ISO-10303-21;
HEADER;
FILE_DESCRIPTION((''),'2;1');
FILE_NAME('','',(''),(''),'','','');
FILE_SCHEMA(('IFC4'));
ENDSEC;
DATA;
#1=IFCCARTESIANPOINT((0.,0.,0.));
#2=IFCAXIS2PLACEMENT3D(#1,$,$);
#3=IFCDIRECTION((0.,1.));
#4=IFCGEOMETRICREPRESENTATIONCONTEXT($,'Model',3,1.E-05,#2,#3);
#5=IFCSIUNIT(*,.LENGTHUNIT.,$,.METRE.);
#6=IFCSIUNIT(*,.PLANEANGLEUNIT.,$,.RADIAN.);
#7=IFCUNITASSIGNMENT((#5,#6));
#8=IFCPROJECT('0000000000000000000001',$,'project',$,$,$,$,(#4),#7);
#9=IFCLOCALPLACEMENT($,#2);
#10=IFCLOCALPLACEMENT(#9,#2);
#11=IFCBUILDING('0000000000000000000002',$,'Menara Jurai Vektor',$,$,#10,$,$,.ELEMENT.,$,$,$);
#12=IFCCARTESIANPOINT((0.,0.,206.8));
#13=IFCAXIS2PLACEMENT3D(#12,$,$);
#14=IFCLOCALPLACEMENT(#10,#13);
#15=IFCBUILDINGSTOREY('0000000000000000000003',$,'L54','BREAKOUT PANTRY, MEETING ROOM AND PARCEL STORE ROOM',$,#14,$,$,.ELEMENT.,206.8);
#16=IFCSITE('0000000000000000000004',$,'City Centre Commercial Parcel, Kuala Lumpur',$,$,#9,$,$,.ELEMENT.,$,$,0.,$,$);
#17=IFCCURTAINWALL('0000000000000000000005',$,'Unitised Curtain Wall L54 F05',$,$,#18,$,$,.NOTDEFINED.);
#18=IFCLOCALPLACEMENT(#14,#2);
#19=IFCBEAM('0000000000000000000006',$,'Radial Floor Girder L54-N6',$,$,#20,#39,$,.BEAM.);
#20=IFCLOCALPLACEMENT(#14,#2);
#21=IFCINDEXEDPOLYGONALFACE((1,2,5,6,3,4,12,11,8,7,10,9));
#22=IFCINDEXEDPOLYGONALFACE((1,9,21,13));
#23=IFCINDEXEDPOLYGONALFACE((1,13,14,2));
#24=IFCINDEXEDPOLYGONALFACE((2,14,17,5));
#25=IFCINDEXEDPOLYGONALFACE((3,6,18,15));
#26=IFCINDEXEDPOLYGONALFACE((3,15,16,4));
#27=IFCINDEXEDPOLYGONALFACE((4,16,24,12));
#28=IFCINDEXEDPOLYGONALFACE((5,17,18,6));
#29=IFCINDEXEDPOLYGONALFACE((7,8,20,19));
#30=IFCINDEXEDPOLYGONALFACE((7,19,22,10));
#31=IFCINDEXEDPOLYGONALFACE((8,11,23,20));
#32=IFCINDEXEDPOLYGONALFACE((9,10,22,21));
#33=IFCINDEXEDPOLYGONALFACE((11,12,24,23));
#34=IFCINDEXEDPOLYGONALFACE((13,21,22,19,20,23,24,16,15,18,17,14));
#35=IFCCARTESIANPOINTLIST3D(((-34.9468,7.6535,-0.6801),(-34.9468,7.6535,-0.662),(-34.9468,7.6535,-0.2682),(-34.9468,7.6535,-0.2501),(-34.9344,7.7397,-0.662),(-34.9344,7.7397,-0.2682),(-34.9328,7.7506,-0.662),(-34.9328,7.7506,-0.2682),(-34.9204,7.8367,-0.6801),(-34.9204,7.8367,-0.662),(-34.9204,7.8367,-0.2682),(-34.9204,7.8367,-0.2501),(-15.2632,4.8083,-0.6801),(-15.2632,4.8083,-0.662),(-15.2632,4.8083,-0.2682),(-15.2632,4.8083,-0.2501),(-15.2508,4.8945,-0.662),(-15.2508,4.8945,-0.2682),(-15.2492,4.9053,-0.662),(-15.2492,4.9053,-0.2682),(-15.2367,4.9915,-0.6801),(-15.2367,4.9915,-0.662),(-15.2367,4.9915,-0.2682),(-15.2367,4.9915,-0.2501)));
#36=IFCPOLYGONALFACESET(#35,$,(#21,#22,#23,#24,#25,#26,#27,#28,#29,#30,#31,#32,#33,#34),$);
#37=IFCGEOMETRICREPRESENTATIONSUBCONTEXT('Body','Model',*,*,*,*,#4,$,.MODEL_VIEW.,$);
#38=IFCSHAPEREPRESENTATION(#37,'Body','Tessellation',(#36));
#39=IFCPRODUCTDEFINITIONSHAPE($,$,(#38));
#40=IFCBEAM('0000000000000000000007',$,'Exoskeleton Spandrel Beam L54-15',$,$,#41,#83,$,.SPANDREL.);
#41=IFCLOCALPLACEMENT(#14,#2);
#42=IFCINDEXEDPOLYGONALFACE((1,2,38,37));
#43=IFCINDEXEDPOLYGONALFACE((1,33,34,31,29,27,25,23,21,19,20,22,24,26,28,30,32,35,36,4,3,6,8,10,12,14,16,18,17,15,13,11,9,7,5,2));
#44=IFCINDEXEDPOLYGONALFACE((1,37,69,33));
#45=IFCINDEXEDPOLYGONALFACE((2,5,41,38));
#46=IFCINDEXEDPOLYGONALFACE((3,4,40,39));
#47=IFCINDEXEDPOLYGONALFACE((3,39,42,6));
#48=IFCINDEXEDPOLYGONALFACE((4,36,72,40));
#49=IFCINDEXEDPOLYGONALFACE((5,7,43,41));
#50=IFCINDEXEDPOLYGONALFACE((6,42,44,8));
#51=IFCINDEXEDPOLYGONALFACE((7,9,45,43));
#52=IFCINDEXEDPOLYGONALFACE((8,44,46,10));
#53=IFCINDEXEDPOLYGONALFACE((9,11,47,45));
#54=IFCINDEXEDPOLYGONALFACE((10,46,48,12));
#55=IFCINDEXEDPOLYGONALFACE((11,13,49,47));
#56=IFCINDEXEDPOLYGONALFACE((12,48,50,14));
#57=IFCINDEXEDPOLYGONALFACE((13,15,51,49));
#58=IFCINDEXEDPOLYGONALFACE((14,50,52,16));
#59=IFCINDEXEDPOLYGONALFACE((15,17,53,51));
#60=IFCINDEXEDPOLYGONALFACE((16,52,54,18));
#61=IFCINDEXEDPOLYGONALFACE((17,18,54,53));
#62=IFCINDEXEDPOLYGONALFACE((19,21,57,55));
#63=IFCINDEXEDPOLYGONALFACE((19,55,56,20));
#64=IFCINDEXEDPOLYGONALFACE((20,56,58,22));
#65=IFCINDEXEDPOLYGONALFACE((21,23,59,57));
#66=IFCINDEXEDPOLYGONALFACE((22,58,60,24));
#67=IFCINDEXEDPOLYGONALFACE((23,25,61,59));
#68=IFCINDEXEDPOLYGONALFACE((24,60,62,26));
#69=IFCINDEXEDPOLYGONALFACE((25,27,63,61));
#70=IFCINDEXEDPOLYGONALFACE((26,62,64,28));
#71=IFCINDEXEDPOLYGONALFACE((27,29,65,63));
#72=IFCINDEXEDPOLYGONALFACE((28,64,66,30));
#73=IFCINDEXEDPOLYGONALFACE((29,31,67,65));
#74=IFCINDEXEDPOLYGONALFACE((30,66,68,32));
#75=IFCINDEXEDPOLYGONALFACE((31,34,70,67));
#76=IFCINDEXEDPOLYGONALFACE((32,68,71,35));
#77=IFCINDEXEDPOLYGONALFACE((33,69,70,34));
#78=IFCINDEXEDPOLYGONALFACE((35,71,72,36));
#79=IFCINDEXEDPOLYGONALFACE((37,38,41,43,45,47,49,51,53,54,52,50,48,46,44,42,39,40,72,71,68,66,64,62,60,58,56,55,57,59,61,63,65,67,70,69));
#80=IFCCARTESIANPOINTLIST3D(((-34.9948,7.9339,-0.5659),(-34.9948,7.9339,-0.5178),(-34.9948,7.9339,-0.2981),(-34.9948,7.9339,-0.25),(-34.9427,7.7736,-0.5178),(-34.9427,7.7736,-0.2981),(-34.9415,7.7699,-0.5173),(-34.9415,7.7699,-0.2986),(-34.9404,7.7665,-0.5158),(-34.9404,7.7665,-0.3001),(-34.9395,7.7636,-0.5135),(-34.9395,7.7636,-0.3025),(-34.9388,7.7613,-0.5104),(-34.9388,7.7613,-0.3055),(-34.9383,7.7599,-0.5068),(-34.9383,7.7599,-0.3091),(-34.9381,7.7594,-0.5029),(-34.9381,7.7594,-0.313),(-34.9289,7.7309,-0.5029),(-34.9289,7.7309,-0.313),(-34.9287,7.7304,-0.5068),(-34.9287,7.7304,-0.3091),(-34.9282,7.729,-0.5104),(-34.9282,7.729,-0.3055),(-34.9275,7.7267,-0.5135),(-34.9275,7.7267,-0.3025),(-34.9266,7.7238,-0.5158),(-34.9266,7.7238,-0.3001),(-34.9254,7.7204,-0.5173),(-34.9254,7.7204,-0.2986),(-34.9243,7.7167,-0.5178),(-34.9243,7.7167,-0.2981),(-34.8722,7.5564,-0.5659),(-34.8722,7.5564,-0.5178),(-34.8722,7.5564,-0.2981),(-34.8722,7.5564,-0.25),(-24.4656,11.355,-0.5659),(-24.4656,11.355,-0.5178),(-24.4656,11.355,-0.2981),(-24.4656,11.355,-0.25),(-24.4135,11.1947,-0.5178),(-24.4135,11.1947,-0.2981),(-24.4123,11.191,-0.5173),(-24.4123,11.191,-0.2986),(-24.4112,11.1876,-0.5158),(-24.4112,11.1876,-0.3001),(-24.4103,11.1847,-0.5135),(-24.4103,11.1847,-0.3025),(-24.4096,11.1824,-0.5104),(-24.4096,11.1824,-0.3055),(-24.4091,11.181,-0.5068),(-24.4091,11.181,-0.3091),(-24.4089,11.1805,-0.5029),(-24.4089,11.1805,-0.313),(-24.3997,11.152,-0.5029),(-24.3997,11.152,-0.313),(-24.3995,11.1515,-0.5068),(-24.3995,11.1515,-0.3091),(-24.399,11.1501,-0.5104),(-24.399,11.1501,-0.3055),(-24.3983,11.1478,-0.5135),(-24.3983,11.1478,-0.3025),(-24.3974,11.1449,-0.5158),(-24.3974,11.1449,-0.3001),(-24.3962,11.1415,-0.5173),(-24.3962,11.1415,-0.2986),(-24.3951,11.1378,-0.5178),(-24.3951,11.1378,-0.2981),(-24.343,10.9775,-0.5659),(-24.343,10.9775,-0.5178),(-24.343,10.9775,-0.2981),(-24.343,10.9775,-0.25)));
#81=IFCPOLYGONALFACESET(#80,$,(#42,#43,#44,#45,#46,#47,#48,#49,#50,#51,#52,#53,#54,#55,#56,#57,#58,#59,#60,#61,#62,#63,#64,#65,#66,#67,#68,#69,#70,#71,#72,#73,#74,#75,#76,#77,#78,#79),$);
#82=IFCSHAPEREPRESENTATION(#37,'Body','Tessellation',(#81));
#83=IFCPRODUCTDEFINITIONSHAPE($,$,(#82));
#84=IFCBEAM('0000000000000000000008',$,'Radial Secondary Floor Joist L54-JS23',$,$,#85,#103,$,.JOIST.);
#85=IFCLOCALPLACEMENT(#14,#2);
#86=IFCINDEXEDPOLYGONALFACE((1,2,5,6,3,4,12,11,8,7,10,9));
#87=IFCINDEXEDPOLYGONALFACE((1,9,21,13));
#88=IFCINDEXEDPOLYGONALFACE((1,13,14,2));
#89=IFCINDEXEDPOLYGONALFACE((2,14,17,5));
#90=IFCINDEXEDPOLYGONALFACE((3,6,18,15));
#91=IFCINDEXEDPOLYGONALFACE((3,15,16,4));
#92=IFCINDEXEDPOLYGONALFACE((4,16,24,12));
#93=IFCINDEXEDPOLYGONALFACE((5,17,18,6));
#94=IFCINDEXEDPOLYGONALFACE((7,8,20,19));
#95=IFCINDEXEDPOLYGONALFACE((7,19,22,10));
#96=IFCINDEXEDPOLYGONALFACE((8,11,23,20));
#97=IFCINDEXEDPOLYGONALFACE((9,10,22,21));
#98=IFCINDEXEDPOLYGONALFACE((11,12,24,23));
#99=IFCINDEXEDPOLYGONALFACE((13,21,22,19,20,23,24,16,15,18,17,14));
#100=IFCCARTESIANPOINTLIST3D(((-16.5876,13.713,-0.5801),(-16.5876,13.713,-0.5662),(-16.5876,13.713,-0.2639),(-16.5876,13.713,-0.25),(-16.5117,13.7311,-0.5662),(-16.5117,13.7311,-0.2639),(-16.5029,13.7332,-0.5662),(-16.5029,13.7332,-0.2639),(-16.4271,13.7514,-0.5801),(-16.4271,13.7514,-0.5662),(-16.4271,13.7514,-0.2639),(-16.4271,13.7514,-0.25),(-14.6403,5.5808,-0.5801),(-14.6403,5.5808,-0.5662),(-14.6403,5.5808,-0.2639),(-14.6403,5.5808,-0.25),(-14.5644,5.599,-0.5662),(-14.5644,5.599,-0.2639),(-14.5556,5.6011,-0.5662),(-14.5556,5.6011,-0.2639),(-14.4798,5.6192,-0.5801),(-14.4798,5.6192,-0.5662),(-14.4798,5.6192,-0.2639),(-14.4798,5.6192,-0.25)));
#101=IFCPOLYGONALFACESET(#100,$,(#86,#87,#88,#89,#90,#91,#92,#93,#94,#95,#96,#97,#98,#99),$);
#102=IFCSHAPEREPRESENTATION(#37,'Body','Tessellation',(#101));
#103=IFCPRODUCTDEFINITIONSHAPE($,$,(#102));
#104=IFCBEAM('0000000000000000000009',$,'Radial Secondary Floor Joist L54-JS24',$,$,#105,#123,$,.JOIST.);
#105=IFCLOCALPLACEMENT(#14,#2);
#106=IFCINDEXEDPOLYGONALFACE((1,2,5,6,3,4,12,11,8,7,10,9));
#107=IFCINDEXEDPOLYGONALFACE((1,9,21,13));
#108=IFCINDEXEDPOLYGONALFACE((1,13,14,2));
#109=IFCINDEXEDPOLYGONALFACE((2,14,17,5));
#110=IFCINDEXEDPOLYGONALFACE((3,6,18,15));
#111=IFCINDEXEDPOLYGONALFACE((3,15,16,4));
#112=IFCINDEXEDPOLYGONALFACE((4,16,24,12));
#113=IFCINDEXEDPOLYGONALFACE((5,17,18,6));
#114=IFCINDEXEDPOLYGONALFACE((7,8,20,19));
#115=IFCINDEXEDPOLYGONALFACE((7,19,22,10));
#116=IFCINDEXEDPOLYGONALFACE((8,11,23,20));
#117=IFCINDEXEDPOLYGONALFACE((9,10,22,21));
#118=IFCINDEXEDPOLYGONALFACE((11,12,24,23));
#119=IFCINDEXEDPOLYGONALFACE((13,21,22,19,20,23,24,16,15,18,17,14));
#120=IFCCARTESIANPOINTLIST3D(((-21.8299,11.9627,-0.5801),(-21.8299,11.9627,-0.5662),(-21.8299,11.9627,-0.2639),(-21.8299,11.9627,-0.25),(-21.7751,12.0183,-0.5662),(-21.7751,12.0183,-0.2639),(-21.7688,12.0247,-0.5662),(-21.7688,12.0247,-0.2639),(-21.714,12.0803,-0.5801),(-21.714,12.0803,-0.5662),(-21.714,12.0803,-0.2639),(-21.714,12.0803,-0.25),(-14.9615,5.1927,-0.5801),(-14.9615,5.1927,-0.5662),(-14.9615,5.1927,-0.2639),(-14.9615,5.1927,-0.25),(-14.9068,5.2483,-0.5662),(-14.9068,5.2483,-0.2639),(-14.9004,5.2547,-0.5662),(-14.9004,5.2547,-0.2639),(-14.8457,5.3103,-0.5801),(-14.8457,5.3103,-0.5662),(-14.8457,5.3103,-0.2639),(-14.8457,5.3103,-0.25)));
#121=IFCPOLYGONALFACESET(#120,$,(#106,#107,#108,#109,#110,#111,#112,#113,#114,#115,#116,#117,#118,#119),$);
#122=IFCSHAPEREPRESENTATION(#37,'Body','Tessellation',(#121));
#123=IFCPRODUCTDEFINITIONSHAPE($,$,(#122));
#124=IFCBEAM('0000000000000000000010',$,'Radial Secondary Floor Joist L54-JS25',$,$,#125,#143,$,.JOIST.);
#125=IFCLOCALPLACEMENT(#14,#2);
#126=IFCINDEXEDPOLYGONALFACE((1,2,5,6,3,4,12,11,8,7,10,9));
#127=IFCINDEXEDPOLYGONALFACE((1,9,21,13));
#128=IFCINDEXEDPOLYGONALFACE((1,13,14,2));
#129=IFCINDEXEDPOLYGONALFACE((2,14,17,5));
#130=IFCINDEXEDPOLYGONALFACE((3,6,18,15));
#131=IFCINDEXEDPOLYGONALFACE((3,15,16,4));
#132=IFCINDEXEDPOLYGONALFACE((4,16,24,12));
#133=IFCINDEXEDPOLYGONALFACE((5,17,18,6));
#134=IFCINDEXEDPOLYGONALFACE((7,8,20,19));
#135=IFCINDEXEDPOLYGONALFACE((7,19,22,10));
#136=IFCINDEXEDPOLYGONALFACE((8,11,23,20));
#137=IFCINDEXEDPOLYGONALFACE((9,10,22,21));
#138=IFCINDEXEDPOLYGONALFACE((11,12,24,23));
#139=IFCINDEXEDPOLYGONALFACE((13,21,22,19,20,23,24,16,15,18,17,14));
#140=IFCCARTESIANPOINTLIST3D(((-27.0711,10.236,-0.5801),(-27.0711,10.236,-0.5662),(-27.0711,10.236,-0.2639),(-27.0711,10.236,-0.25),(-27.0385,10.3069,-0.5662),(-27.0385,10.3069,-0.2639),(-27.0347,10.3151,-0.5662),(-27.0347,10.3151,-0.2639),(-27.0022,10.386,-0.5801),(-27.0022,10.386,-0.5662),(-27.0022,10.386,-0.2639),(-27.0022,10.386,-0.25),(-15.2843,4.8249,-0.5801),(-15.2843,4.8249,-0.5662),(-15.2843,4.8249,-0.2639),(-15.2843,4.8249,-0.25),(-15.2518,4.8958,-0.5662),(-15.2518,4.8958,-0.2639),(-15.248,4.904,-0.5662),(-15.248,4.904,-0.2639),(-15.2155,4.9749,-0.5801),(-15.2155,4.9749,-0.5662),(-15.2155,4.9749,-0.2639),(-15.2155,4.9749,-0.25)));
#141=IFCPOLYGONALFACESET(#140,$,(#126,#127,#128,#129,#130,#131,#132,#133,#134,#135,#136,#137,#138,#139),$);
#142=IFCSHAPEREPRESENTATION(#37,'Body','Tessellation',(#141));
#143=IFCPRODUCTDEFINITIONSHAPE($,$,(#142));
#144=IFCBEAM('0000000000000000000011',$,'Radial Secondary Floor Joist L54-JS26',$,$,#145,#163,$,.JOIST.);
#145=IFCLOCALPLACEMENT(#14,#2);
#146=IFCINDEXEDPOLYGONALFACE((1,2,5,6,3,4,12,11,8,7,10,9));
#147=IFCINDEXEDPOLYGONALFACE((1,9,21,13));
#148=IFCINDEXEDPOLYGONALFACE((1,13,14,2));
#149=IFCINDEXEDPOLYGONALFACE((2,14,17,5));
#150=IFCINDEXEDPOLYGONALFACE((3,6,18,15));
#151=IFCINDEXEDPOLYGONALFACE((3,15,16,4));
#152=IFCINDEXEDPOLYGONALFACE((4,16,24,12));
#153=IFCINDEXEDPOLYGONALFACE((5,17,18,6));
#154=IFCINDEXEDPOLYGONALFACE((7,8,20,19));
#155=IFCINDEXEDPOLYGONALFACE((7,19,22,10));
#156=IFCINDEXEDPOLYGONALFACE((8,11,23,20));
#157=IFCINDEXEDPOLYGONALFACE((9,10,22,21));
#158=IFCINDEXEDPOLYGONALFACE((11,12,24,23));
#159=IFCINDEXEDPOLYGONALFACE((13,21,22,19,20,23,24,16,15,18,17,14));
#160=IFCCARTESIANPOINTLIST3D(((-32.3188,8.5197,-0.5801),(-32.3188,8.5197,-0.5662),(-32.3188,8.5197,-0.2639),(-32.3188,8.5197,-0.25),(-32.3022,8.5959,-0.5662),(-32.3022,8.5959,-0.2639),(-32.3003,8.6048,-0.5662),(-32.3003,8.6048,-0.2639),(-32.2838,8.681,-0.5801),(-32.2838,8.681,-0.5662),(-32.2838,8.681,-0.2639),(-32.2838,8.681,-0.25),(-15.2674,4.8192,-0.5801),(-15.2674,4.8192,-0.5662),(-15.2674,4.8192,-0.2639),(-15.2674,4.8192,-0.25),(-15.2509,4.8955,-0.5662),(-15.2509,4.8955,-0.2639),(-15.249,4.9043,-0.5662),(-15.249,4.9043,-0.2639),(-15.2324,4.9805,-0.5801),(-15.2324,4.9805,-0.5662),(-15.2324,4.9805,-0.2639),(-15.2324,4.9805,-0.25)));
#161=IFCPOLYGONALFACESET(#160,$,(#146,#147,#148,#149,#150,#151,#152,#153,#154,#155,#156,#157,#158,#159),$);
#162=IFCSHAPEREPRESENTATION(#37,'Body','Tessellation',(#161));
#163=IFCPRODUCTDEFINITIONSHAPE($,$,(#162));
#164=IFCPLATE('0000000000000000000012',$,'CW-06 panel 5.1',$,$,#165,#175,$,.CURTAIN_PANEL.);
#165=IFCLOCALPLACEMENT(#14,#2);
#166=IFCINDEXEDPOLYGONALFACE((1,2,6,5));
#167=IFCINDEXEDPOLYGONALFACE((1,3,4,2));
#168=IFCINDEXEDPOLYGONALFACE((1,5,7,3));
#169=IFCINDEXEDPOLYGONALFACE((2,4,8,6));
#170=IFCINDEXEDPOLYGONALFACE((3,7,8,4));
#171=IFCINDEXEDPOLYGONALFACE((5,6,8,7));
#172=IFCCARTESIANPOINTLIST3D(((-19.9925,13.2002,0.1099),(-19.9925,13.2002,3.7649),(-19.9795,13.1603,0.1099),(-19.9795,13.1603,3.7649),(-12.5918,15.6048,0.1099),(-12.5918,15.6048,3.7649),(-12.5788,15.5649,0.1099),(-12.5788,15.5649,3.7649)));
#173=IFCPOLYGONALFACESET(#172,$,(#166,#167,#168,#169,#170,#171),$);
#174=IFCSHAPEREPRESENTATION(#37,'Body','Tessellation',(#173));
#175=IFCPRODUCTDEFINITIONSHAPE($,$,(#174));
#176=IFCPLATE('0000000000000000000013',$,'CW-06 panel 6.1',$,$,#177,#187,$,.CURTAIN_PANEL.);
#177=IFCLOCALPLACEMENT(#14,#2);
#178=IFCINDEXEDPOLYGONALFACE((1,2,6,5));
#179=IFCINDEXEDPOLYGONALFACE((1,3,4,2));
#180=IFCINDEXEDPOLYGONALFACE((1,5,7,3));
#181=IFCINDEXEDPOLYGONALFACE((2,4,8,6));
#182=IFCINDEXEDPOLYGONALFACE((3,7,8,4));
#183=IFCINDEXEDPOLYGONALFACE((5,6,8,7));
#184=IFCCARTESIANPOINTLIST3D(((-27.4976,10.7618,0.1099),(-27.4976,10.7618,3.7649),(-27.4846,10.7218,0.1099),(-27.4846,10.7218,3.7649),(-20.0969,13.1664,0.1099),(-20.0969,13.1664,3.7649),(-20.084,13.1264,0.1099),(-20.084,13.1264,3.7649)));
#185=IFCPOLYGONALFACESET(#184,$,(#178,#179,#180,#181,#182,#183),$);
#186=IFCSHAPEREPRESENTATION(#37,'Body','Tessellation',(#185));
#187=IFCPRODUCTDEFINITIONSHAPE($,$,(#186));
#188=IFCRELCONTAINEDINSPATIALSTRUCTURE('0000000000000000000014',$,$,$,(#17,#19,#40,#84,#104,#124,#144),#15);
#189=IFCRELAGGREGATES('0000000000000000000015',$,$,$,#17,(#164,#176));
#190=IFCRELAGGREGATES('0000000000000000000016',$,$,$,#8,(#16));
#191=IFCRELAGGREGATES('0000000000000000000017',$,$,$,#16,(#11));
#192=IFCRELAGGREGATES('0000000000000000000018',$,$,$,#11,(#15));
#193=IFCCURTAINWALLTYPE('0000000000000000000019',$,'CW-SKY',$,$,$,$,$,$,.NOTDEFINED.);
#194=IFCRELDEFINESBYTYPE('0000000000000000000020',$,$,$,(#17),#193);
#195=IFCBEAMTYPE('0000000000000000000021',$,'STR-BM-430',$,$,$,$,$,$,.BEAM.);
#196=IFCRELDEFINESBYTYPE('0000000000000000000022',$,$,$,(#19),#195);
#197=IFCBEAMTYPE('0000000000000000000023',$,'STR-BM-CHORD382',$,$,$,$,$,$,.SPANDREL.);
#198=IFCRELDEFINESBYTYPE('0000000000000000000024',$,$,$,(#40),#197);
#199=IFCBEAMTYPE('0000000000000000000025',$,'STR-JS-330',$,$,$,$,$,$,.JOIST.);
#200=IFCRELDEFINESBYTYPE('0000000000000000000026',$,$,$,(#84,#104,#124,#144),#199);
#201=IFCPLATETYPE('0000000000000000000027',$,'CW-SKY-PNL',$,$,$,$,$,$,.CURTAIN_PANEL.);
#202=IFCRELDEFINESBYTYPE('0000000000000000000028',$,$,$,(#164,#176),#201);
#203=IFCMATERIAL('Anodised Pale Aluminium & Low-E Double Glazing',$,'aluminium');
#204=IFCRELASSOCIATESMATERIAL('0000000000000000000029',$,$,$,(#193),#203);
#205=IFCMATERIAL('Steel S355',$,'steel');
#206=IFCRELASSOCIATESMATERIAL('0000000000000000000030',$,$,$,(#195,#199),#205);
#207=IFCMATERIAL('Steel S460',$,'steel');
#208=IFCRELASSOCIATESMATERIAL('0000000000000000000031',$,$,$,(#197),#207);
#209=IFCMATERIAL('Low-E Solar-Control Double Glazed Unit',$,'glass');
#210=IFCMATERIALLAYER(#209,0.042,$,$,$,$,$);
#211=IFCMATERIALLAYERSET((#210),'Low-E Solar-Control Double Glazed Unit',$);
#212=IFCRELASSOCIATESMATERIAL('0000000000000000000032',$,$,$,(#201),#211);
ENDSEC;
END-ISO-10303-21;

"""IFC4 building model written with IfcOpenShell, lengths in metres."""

from ifc_helpers import new_model, si_unit, direction, frame, origin, origin_2d, place, context, subcontext, project, spatial, rectangle, i_section, extrude, material, layer, layer_set, material_profile, profile_set, type_object, element, aggregate, save


model = new_model("IFC4")

# Units and contexts
model_context = context("Model", 3, precision=1e-05, world=origin(), true_north=direction((0.0, 1.0)))
body_context = subcontext(model_context, "Body", "Model", "MODEL_VIEW")
ifc_project = project(units=[si_unit("LENGTHUNIT", "METRE"), si_unit("PLANEANGLEUNIT", "RADIAN")], contexts=[model_context])

# Site, building, storey
site_placement = place(None, origin())
site = spatial("IfcSite", under=ifc_project, at=site_placement, Name="City Centre Commercial Parcel, Kuala Lumpur", CompositionType="ELEMENT", RefElevation=0.0)
building_placement = place(site_placement, origin())
building = spatial("IfcBuilding", under=site, at=building_placement, Name="Menara Jurai Vektor", CompositionType="ELEMENT")
storey_placement = place(building_placement, frame((0.0, 0.0, 206.8)))
storey = spatial("IfcBuildingStorey", under=building, at=storey_placement, Name="L54", Description="BREAKOUT PANTRY, MEETING ROOM AND PARCEL STORE ROOM", CompositionType="ELEMENT", Elevation=206.8)

# Shared definitions
ifc_material_1 = material(Name="Steel S460", Category="steel")

# Curtain wall
ifc_material_2 = material(Name="Anodised Pale Aluminium & Low-E Double Glazing", Category="aluminium")
curtain_wall_type = type_object("IfcCurtainWallType", Name="CW-SKY", PredefinedType="NOTDEFINED", material=ifc_material_2)
curtain_wall_placement = place(storey_placement, origin())
curtain_wall = element("IfcCurtainWall", 1, at=curtain_wall_placement, inside=storey, type_object=curtain_wall_type, Name="Unitised Curtain Wall L54 F05", PredefinedType="NOTDEFINED")

# Beams
ifc_material_3 = material(Name="Steel S355", Category="steel")
ifc_material_profile_1 = material_profile(ifc_material_3, i_section(OverallWidth=0.1851, OverallDepth=0.4299, WebThickness=0.011, FlangeThickness=0.0181, at=origin_2d()), Name="PG 430x185x76")
ifc_profile_set_1 = profile_set([ifc_material_profile_1], Name="Steel S355")
beam_type_1 = type_object("IfcBeamType", Name="STR-BM-430", PredefinedType="BEAM", material=ifc_profile_set_1)
beam_1_placement = place(storey_placement, frame((-34.9336, 7.7451, -0.4651), z_axis=(0.989714, -0.143061, 0.0), x_axis=(0.143061, 0.989714, 0.0)))
element("IfcBeam", 2, at=beam_1_placement, inside=storey, type_object=beam_type_1, Name="Radial Floor Girder L54-N6", PredefinedType="BEAM", context=body_context, shape_type="SweptSolid", body=[
    extrude(i_section(OverallWidth=0.1851, OverallDepth=0.4299, WebThickness=0.011, FlangeThickness=0.0181, at=origin_2d()), origin(), (0.0, 0.0, 1.0), 19.8882),
])
ifc_material_profile_2 = material_profile(ifc_material_1, i_section(OverallWidth=0.397, OverallDepth=0.3159, WebThickness=0.03, FlangeThickness=0.0481, FilletRadius=0.0149, at=origin_2d()), Name="HD 400x382")
ifc_profile_set_2 = profile_set([ifc_material_profile_2], Name="Steel S460")
beam_type_2 = type_object("IfcBeamType", Name="STR-BM-CHORD382", PredefinedType="SPANDREL", material=ifc_profile_set_2)
beam_2_placement = place(storey_placement, frame((-24.4043, 11.1663, -0.408), z_axis=(-0.951057, -0.309014, 0.0), x_axis=(0.309014, -0.951057, 0.0)))
element("IfcBeam", 3, at=beam_2_placement, inside=storey, type_object=beam_type_2, Name="Exoskeleton Spandrel Beam L54-15", PredefinedType="SPANDREL", context=body_context, shape_type="SweptSolid", body=[
    extrude(i_section(OverallWidth=0.397, OverallDepth=0.3159, WebThickness=0.03, FlangeThickness=0.0481, FilletRadius=0.0149, at=origin_2d()), origin(), (0.0, 0.0, 1.0), 11.071),
])
ifc_material_profile_3 = material_profile(ifc_material_3, i_section(OverallWidth=0.165, OverallDepth=0.3301, WebThickness=0.009, FlangeThickness=0.0139, at=origin_2d()), Name="PG 330x165x46")
ifc_profile_set_3 = profile_set([ifc_material_profile_3], Name="Steel S355")
beam_type_3 = type_object("IfcBeamType", Name="STR-JS-330", PredefinedType="JOIST", material=ifc_profile_set_3)
beam_3_placement = place(storey_placement, frame((-16.5073, 13.7322, -0.415), z_axis=(0.232872, -0.972507, 0.0), x_axis=(0.972507, 0.232872, 0.0)))
element("IfcBeam", 4, at=beam_3_placement, inside=storey, type_object=beam_type_3, Name="Radial Secondary Floor Joist L54-JS23", PredefinedType="JOIST", context=body_context, shape_type="SweptSolid", body=[
    extrude(i_section(OverallWidth=0.165, OverallDepth=0.3301, WebThickness=0.009, FlangeThickness=0.0139, at=origin_2d()), origin(), (0.0, 0.0, 1.0), 8.3621),
])
beam_4_placement = place(storey_placement, frame((-21.772, 12.0215, -0.415), z_axis=(0.712189, -0.701987, 0.0), x_axis=(0.701987, 0.712189, 0.0)))
element("IfcBeam", 5, at=beam_4_placement, inside=storey, type_object=beam_type_3, Name="Radial Secondary Floor Joist L54-JS24", PredefinedType="JOIST", context=body_context, shape_type="SweptSolid", body=[
    extrude(i_section(OverallWidth=0.165, OverallDepth=0.3301, WebThickness=0.009, FlangeThickness=0.0139, at=origin_2d()), origin(), (0.0, 0.0, 1.0), 9.644),
])
beam_5_placement = place(storey_placement, frame((-27.0366, 10.311, -0.415), z_axis=(0.908804, -0.417224, 0.0), x_axis=(0.417224, 0.908804, 0.0)))
element("IfcBeam", 6, at=beam_5_placement, inside=storey, type_object=beam_type_3, Name="Radial Secondary Floor Joist L54-JS25", PredefinedType="JOIST", context=body_context, shape_type="SweptSolid", body=[
    extrude(i_section(OverallWidth=0.165, OverallDepth=0.3301, WebThickness=0.009, FlangeThickness=0.0139, at=origin_2d()), origin(), (0.0, 0.0, 1.0), 12.9695),
])
beam_6_placement = place(storey_placement, frame((-32.3013, 8.6003, -0.415), z_axis=(0.977252, -0.212082, 0.0), x_axis=(0.212082, 0.977252, 0.0)))
element("IfcBeam", 7, at=beam_6_placement, inside=storey, type_object=beam_type_3, Name="Radial Secondary Floor Joist L54-JS26", PredefinedType="JOIST", context=body_context, shape_type="SweptSolid", body=[
    extrude(i_section(OverallWidth=0.165, OverallDepth=0.3301, WebThickness=0.009, FlangeThickness=0.0139, at=origin_2d()), origin(), (0.0, 0.0, 1.0), 17.4482),
])

# Plates
ifc_material_4 = material(Name="Low-E Solar-Control Double Glazed Unit", Category="glass")
ifc_layer_1 = layer(ifc_material_4, 0.042)
ifc_layer_set_1 = layer_set([ifc_layer_1], Name="Low-E Solar-Control Double Glazed Unit")
plate_type_1 = type_object("IfcPlateType", Name="CW-SKY-PNL", PredefinedType="CURTAIN_PANEL", material=ifc_layer_set_1)
plate_1_placement = place(storey_placement, frame((-16.2856, 14.3826, 0.1099), z_axis=(0.0, 0.0, 1.0), x_axis=(-0.951056, -0.309017, 0.0)))
plate_1 = element("IfcPlate", 8, at=plate_1_placement, type_object=plate_type_1, Name="CW-06 panel 5.1", PredefinedType="CURTAIN_PANEL", context=body_context, shape_type="SweptSolid", body=[
    extrude(rectangle(XDim=7.7815, YDim=0.042, at=origin_2d()), origin(), (0.0, 0.0, 1.0), 3.655),
])
plate_2_placement = place(storey_placement, frame((-23.7908, 11.9441, 0.1099), z_axis=(0.0, 0.0, 1.0), x_axis=(-0.951056, -0.309017, 0.0)))
plate_2 = element("IfcPlate", 9, at=plate_2_placement, type_object=plate_type_1, Name="CW-06 panel 6.1", PredefinedType="CURTAIN_PANEL", context=body_context, shape_type="SweptSolid", body=[
    extrude(rectangle(XDim=7.7815, YDim=0.042, at=origin_2d()), origin(), (0.0, 0.0, 1.0), 3.655),
])
aggregate(curtain_wall, [plate_1, plate_2])

save(model, "model.ifc")
